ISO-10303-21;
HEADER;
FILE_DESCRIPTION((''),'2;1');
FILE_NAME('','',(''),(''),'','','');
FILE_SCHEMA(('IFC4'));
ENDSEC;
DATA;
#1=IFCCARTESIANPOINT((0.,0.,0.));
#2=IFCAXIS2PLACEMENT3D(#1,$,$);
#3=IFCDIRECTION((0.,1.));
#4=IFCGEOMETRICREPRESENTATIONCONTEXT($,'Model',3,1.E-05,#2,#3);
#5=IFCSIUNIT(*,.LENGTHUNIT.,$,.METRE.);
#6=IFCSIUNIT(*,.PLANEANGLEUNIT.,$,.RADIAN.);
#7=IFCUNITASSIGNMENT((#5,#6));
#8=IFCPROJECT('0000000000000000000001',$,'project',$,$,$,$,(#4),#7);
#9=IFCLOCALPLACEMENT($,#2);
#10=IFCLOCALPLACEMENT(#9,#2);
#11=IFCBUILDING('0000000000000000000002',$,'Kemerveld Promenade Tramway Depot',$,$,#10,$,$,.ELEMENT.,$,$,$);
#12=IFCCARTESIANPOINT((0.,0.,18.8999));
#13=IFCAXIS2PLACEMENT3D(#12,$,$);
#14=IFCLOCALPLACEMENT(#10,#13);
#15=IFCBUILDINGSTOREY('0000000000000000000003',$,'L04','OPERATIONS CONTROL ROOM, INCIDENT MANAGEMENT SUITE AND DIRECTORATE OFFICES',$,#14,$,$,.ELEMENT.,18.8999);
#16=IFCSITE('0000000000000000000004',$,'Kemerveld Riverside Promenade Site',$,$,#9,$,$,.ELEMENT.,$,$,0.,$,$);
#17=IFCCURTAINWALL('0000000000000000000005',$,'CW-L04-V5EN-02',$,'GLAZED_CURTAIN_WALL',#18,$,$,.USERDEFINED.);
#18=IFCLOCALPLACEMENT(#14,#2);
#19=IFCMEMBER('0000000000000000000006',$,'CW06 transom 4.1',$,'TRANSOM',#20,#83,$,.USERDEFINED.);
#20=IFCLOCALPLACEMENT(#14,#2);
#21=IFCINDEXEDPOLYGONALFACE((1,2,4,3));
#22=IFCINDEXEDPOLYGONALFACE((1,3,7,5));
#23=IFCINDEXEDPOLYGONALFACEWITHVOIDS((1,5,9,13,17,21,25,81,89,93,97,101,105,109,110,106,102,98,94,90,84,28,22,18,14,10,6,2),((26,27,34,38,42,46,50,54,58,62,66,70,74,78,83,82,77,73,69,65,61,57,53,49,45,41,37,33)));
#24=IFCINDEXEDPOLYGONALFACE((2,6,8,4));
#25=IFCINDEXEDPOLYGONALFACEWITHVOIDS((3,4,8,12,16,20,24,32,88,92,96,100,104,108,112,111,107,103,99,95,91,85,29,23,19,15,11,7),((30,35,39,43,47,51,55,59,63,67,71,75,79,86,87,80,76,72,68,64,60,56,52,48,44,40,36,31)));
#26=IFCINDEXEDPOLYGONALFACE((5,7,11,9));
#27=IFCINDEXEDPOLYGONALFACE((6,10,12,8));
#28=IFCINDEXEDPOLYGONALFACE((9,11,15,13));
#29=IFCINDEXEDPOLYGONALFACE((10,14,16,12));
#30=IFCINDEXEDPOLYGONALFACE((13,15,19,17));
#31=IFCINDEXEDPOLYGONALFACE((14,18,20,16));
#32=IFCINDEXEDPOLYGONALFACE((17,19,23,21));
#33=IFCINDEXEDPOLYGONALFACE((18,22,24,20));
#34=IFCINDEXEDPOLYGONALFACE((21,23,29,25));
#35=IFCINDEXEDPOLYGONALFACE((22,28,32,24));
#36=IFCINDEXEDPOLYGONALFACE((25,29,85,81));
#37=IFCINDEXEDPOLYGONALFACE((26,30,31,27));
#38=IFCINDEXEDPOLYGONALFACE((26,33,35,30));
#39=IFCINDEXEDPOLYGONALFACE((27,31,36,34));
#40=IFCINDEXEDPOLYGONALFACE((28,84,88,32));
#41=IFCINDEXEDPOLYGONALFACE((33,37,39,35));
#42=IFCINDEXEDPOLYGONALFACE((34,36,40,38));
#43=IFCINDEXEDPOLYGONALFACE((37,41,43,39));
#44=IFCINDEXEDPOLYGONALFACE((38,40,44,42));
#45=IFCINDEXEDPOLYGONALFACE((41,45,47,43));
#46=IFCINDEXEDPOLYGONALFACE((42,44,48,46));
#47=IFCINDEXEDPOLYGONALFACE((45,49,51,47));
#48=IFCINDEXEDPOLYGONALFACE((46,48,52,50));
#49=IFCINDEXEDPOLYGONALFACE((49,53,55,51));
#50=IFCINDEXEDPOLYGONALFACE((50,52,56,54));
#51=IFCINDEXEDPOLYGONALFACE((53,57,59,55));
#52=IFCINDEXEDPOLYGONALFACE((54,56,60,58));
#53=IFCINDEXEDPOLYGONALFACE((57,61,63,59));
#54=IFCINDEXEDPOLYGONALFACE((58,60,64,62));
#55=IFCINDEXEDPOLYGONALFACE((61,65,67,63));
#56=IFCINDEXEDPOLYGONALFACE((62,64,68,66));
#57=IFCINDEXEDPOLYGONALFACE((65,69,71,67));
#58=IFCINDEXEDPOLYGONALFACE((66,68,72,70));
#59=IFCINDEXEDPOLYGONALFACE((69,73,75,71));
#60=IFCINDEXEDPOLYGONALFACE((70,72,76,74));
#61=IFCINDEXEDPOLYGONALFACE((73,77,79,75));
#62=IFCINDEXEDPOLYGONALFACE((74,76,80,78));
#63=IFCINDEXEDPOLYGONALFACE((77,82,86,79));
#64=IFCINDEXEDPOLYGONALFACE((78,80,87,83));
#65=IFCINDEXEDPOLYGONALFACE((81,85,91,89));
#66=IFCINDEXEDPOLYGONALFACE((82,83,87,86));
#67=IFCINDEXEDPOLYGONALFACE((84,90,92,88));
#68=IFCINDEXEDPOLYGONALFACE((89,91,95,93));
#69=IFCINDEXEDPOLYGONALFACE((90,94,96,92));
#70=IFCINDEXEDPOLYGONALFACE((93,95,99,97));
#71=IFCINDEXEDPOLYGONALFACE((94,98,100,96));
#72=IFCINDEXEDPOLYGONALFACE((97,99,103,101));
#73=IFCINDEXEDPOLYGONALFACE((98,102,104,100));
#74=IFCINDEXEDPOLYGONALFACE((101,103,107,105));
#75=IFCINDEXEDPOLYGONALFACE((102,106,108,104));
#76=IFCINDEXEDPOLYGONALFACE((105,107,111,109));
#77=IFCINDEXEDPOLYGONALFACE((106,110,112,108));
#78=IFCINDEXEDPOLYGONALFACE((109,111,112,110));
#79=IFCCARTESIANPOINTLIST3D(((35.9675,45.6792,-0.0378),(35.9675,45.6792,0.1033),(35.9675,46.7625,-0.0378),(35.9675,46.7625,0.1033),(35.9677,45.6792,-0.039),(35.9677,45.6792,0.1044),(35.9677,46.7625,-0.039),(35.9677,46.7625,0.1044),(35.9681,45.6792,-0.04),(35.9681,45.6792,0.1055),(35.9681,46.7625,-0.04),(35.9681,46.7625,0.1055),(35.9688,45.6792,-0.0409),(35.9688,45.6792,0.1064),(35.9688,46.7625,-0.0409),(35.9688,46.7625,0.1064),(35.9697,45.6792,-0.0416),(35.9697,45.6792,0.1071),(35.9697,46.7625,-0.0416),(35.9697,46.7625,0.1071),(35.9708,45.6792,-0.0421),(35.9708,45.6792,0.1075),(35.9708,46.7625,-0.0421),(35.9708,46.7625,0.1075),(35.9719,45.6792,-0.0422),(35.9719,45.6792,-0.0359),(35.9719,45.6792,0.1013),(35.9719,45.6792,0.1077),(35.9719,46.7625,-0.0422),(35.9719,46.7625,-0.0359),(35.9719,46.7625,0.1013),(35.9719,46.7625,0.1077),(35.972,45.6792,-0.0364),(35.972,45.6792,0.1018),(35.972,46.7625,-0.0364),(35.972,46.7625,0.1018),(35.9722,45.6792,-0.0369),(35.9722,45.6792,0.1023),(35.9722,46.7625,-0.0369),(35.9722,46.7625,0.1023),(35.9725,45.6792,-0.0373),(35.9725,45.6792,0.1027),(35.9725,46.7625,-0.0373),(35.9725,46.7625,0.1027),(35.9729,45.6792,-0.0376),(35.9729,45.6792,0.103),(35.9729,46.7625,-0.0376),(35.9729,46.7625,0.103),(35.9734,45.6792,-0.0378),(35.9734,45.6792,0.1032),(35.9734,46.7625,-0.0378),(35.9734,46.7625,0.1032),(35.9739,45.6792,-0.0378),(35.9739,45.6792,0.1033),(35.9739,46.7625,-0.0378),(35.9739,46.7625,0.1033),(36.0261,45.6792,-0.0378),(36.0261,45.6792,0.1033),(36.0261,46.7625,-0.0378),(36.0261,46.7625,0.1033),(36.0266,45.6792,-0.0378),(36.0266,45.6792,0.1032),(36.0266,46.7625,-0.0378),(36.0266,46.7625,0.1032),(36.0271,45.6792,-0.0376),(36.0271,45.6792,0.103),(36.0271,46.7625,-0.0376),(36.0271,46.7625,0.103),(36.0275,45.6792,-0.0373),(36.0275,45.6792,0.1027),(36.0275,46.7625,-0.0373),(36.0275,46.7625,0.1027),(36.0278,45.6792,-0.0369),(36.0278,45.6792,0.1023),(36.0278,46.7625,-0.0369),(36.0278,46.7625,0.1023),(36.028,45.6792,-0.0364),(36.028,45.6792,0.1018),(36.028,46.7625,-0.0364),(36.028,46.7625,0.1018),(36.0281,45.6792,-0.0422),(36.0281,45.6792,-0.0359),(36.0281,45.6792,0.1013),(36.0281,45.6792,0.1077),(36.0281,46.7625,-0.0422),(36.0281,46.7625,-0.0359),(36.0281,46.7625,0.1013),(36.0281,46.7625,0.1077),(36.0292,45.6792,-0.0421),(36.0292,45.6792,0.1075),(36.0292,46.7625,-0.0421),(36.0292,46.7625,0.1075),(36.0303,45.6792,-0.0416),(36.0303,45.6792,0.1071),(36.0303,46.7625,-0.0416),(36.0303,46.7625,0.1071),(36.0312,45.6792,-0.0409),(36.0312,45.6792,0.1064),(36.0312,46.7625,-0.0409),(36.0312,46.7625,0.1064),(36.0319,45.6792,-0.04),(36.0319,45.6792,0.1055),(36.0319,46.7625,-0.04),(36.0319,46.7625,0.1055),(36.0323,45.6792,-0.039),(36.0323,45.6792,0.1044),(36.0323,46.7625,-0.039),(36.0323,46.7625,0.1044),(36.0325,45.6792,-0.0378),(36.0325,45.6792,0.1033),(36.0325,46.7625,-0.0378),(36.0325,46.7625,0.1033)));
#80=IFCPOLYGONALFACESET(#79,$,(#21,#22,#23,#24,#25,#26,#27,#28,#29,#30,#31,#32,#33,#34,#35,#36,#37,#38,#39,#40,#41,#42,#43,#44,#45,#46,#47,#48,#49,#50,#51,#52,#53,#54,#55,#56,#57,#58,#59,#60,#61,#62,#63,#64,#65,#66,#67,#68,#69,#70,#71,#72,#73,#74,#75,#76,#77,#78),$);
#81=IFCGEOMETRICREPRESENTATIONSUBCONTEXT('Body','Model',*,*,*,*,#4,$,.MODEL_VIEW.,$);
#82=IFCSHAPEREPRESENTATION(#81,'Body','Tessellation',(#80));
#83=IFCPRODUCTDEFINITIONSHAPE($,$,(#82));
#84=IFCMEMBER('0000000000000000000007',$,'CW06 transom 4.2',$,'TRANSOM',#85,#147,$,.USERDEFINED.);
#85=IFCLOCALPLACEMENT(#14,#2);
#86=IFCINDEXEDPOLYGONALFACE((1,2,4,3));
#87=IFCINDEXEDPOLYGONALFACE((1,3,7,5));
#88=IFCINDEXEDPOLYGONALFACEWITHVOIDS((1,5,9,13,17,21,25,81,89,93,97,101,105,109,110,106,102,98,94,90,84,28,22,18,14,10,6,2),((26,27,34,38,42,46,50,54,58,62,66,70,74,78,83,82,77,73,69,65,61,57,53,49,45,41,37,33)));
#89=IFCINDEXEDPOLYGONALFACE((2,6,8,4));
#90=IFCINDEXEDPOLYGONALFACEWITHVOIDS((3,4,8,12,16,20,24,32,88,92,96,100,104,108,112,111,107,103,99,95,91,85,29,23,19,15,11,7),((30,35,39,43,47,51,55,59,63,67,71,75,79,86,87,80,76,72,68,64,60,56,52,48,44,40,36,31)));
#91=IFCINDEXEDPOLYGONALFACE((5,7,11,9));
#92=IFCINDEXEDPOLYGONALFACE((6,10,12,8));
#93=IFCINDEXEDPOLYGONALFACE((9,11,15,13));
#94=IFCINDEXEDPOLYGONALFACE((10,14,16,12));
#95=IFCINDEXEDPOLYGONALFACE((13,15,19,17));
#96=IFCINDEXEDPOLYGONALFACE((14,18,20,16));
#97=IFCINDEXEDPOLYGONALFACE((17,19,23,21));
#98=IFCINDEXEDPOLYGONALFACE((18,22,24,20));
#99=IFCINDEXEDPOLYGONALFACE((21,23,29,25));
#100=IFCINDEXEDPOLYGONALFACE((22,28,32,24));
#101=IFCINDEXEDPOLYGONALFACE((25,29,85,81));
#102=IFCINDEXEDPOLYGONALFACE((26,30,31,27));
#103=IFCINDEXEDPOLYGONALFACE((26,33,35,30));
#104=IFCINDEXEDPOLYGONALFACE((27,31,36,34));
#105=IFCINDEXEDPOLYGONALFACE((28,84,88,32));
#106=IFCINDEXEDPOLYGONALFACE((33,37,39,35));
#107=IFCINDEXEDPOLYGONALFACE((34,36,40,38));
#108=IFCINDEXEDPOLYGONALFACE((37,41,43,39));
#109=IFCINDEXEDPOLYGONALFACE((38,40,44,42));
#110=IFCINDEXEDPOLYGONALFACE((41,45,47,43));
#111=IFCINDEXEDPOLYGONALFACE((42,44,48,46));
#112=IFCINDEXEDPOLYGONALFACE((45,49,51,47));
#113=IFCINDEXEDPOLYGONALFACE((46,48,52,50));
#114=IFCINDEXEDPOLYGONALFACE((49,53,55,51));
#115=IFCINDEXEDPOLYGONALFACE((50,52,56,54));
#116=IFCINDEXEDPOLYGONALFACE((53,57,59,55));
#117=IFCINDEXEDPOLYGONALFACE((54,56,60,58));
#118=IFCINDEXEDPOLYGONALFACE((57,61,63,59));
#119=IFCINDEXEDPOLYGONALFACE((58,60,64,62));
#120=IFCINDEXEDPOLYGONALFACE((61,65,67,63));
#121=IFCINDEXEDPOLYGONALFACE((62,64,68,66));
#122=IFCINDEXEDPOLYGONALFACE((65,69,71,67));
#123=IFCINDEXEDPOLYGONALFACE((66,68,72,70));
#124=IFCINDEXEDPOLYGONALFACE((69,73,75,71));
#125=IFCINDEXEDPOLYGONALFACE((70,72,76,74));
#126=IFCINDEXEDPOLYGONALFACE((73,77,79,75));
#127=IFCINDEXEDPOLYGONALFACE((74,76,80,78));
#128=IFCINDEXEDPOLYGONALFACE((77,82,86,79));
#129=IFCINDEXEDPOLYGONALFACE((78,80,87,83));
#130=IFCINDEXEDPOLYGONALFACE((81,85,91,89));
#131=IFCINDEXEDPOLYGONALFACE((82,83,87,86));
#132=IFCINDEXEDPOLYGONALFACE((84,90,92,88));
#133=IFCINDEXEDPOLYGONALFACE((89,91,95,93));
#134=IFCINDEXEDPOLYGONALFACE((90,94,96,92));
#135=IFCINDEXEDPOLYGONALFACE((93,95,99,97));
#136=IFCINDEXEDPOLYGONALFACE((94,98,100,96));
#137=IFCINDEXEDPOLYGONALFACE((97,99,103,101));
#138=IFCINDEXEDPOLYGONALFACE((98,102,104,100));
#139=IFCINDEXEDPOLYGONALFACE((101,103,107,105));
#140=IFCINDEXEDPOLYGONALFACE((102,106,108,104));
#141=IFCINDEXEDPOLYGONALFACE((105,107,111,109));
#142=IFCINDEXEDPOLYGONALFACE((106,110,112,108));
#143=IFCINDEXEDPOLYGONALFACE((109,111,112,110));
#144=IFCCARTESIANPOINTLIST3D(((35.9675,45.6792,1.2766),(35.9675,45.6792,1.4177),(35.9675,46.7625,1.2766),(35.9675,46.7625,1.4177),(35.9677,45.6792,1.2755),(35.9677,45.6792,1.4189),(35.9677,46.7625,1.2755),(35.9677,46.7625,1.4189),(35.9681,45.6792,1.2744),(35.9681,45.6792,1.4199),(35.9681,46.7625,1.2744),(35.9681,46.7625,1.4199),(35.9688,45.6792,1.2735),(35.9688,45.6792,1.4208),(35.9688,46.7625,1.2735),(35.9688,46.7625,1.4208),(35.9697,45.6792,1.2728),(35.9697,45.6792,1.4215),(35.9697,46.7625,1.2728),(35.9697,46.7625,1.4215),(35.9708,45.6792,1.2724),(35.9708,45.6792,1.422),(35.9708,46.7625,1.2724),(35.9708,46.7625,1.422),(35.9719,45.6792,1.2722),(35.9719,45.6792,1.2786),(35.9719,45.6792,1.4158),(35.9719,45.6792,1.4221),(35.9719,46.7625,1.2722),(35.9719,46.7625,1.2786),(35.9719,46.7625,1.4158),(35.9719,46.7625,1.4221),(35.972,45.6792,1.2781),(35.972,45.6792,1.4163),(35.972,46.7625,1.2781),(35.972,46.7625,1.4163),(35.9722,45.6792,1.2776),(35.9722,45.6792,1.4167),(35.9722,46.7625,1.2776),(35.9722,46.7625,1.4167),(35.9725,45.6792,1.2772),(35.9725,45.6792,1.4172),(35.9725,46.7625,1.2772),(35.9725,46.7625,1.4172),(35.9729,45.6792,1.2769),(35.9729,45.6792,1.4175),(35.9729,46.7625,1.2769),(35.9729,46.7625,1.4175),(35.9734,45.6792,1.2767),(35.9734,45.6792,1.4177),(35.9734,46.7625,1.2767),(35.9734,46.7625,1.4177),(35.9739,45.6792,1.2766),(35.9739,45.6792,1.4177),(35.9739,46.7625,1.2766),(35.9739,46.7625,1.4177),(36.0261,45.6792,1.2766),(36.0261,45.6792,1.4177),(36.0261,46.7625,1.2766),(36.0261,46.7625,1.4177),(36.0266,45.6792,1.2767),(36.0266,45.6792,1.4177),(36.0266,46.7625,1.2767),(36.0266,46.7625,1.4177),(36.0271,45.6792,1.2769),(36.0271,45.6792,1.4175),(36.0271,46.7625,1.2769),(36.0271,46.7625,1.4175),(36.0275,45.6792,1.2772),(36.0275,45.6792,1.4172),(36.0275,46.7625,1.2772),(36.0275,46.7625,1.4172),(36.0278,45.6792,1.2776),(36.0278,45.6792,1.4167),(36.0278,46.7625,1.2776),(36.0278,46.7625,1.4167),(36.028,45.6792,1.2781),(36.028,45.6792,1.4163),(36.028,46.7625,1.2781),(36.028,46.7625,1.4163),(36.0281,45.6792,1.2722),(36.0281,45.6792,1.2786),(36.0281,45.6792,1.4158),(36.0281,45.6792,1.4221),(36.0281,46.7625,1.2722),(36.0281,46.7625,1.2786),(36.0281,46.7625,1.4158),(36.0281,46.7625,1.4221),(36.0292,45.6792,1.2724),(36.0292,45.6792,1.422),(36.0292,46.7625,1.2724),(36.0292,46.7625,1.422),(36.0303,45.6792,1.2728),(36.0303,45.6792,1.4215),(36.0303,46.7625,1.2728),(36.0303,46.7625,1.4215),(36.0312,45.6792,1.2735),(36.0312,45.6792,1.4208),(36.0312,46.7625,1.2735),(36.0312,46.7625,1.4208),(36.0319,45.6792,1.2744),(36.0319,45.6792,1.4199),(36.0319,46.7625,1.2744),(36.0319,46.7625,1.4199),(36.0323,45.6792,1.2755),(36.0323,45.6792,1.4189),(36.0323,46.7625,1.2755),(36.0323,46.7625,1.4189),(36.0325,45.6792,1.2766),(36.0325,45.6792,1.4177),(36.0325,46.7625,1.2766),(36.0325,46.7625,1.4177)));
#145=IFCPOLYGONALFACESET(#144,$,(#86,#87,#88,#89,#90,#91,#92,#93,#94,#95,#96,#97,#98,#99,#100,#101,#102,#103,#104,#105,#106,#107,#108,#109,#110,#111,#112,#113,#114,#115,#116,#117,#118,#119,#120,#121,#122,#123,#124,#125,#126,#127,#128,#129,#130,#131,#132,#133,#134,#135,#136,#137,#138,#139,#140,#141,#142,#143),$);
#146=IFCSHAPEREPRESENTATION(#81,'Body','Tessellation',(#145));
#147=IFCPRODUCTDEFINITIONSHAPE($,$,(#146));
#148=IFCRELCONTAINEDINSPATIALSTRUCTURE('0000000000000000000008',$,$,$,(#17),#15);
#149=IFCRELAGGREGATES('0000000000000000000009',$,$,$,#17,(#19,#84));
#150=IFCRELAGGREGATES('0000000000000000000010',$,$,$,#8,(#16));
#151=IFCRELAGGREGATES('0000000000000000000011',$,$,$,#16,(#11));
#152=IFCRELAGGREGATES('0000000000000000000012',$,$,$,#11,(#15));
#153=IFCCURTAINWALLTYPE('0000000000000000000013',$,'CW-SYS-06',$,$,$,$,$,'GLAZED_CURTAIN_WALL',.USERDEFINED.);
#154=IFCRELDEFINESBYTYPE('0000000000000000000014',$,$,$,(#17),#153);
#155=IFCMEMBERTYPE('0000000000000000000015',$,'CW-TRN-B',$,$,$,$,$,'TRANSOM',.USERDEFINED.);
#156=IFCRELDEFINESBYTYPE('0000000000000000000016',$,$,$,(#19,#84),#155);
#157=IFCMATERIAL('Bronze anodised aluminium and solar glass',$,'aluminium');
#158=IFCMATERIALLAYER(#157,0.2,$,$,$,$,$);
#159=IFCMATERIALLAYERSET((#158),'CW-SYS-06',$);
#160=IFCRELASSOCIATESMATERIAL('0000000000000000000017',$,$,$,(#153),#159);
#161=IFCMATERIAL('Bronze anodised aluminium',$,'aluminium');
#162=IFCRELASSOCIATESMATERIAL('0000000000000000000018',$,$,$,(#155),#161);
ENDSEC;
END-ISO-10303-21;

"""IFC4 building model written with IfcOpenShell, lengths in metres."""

from ifc_helpers import new_model, si_unit, direction, frame, origin, origin_2d, place, context, subcontext, project, spatial, hollow_rectangle, extrude, material, layer, layer_set, material_profile, profile_set, type_object, element, aggregate, save


model = new_model("IFC4")

# Units and contexts
model_context = context("Model", 3, precision=1e-05, world=origin(), true_north=direction((0.0, 1.0)))
body_context = subcontext(model_context, "Body", "Model", "MODEL_VIEW")
ifc_project = project(units=[si_unit("LENGTHUNIT", "METRE"), si_unit("PLANEANGLEUNIT", "RADIAN")], contexts=[model_context])

# Site, building, storey
site_placement = place(None, origin())
site = spatial("IfcSite", under=ifc_project, at=site_placement, Name="Kemerveld Riverside Promenade Site", CompositionType="ELEMENT", RefElevation=0.0)
building_placement = place(site_placement, origin())
building = spatial("IfcBuilding", under=site, at=building_placement, Name="Kemerveld Promenade Tramway Depot", CompositionType="ELEMENT")
storey_placement = place(building_placement, frame((0.0, 0.0, 18.8999)))
storey = spatial("IfcBuildingStorey", under=building, at=storey_placement, Name="L04", Description="OPERATIONS CONTROL ROOM, INCIDENT MANAGEMENT SUITE AND DIRECTORATE OFFICES", CompositionType="ELEMENT", Elevation=18.8999)

# Shared definitions
ifc_material_1 = material(Name="Bronze anodised aluminium and solar glass", Category="aluminium")
ifc_material_2 = material(Name="Bronze anodised aluminium", Category="aluminium")

# Curtain wall, members
ifc_layer_1 = layer(ifc_material_1, 0.2)
ifc_layer_set_1 = layer_set([ifc_layer_1], Name="CW-SYS-06")
curtain_wall_type_1 = type_object("IfcCurtainWallType", Name="CW-SYS-06", ElementType="GLAZED_CURTAIN_WALL", PredefinedType="USERDEFINED", material=ifc_layer_set_1)
curtain_wall_1_placement = place(storey_placement, origin())
curtain_wall_1 = element("IfcCurtainWall", 1, at=curtain_wall_1_placement, inside=storey, type_object=curtain_wall_type_1, Name="CW-L04-V5EN-02", ObjectType="GLAZED_CURTAIN_WALL", PredefinedType="USERDEFINED")
ifc_material_profile_1 = material_profile(ifc_material_2, hollow_rectangle(XDim=0.0649, YDim=0.1499, WallThickness=0.0044, InnerFilletRadius=0.002, OuterFilletRadius=0.0044, at=origin_2d()), Name="CW-TRN-150x65")
ifc_profile_set_1 = profile_set([ifc_material_profile_1], Name="Bronze anodised aluminium")
member_type_1 = type_object("IfcMemberType", Name="CW-TRN-B", ElementType="TRANSOM", PredefinedType="USERDEFINED", material=ifc_profile_set_1)
member_1_placement = place(storey_placement, frame((36.0, 46.7625, 0.0327), z_axis=(0.0, -1.0, 0.0), x_axis=(1.0, 0.0, 0.0)))
member_1 = element("IfcMember", 2, at=member_1_placement, type_object=member_type_1, Name="CW06 transom 4.1", ObjectType="TRANSOM", PredefinedType="USERDEFINED", context=body_context, shape_type="SweptSolid", body=[
    extrude(hollow_rectangle(XDim=0.0649, YDim=0.1499, WallThickness=0.0044, InnerFilletRadius=0.002, OuterFilletRadius=0.0044, at=origin_2d()), origin(), (0.0, 0.0, 1.0), 1.0833),
])
member_2_placement = place(storey_placement, frame((36.0, 46.7625, 1.3472), z_axis=(0.0, -1.0, 0.0), x_axis=(1.0, 0.0, 0.0)))
member_2 = element("IfcMember", 3, at=member_2_placement, type_object=member_type_1, Name="CW06 transom 4.2", ObjectType="TRANSOM", PredefinedType="USERDEFINED", context=body_context, shape_type="SweptSolid", body=[
    extrude(hollow_rectangle(XDim=0.0649, YDim=0.1499, WallThickness=0.0044, InnerFilletRadius=0.002, OuterFilletRadius=0.0044, at=origin_2d()), origin(), (0.0, 0.0, 1.0), 1.0833),
])

aggregate(curtain_wall_1, [member_1, member_2])

save(model, "model.ifc")
